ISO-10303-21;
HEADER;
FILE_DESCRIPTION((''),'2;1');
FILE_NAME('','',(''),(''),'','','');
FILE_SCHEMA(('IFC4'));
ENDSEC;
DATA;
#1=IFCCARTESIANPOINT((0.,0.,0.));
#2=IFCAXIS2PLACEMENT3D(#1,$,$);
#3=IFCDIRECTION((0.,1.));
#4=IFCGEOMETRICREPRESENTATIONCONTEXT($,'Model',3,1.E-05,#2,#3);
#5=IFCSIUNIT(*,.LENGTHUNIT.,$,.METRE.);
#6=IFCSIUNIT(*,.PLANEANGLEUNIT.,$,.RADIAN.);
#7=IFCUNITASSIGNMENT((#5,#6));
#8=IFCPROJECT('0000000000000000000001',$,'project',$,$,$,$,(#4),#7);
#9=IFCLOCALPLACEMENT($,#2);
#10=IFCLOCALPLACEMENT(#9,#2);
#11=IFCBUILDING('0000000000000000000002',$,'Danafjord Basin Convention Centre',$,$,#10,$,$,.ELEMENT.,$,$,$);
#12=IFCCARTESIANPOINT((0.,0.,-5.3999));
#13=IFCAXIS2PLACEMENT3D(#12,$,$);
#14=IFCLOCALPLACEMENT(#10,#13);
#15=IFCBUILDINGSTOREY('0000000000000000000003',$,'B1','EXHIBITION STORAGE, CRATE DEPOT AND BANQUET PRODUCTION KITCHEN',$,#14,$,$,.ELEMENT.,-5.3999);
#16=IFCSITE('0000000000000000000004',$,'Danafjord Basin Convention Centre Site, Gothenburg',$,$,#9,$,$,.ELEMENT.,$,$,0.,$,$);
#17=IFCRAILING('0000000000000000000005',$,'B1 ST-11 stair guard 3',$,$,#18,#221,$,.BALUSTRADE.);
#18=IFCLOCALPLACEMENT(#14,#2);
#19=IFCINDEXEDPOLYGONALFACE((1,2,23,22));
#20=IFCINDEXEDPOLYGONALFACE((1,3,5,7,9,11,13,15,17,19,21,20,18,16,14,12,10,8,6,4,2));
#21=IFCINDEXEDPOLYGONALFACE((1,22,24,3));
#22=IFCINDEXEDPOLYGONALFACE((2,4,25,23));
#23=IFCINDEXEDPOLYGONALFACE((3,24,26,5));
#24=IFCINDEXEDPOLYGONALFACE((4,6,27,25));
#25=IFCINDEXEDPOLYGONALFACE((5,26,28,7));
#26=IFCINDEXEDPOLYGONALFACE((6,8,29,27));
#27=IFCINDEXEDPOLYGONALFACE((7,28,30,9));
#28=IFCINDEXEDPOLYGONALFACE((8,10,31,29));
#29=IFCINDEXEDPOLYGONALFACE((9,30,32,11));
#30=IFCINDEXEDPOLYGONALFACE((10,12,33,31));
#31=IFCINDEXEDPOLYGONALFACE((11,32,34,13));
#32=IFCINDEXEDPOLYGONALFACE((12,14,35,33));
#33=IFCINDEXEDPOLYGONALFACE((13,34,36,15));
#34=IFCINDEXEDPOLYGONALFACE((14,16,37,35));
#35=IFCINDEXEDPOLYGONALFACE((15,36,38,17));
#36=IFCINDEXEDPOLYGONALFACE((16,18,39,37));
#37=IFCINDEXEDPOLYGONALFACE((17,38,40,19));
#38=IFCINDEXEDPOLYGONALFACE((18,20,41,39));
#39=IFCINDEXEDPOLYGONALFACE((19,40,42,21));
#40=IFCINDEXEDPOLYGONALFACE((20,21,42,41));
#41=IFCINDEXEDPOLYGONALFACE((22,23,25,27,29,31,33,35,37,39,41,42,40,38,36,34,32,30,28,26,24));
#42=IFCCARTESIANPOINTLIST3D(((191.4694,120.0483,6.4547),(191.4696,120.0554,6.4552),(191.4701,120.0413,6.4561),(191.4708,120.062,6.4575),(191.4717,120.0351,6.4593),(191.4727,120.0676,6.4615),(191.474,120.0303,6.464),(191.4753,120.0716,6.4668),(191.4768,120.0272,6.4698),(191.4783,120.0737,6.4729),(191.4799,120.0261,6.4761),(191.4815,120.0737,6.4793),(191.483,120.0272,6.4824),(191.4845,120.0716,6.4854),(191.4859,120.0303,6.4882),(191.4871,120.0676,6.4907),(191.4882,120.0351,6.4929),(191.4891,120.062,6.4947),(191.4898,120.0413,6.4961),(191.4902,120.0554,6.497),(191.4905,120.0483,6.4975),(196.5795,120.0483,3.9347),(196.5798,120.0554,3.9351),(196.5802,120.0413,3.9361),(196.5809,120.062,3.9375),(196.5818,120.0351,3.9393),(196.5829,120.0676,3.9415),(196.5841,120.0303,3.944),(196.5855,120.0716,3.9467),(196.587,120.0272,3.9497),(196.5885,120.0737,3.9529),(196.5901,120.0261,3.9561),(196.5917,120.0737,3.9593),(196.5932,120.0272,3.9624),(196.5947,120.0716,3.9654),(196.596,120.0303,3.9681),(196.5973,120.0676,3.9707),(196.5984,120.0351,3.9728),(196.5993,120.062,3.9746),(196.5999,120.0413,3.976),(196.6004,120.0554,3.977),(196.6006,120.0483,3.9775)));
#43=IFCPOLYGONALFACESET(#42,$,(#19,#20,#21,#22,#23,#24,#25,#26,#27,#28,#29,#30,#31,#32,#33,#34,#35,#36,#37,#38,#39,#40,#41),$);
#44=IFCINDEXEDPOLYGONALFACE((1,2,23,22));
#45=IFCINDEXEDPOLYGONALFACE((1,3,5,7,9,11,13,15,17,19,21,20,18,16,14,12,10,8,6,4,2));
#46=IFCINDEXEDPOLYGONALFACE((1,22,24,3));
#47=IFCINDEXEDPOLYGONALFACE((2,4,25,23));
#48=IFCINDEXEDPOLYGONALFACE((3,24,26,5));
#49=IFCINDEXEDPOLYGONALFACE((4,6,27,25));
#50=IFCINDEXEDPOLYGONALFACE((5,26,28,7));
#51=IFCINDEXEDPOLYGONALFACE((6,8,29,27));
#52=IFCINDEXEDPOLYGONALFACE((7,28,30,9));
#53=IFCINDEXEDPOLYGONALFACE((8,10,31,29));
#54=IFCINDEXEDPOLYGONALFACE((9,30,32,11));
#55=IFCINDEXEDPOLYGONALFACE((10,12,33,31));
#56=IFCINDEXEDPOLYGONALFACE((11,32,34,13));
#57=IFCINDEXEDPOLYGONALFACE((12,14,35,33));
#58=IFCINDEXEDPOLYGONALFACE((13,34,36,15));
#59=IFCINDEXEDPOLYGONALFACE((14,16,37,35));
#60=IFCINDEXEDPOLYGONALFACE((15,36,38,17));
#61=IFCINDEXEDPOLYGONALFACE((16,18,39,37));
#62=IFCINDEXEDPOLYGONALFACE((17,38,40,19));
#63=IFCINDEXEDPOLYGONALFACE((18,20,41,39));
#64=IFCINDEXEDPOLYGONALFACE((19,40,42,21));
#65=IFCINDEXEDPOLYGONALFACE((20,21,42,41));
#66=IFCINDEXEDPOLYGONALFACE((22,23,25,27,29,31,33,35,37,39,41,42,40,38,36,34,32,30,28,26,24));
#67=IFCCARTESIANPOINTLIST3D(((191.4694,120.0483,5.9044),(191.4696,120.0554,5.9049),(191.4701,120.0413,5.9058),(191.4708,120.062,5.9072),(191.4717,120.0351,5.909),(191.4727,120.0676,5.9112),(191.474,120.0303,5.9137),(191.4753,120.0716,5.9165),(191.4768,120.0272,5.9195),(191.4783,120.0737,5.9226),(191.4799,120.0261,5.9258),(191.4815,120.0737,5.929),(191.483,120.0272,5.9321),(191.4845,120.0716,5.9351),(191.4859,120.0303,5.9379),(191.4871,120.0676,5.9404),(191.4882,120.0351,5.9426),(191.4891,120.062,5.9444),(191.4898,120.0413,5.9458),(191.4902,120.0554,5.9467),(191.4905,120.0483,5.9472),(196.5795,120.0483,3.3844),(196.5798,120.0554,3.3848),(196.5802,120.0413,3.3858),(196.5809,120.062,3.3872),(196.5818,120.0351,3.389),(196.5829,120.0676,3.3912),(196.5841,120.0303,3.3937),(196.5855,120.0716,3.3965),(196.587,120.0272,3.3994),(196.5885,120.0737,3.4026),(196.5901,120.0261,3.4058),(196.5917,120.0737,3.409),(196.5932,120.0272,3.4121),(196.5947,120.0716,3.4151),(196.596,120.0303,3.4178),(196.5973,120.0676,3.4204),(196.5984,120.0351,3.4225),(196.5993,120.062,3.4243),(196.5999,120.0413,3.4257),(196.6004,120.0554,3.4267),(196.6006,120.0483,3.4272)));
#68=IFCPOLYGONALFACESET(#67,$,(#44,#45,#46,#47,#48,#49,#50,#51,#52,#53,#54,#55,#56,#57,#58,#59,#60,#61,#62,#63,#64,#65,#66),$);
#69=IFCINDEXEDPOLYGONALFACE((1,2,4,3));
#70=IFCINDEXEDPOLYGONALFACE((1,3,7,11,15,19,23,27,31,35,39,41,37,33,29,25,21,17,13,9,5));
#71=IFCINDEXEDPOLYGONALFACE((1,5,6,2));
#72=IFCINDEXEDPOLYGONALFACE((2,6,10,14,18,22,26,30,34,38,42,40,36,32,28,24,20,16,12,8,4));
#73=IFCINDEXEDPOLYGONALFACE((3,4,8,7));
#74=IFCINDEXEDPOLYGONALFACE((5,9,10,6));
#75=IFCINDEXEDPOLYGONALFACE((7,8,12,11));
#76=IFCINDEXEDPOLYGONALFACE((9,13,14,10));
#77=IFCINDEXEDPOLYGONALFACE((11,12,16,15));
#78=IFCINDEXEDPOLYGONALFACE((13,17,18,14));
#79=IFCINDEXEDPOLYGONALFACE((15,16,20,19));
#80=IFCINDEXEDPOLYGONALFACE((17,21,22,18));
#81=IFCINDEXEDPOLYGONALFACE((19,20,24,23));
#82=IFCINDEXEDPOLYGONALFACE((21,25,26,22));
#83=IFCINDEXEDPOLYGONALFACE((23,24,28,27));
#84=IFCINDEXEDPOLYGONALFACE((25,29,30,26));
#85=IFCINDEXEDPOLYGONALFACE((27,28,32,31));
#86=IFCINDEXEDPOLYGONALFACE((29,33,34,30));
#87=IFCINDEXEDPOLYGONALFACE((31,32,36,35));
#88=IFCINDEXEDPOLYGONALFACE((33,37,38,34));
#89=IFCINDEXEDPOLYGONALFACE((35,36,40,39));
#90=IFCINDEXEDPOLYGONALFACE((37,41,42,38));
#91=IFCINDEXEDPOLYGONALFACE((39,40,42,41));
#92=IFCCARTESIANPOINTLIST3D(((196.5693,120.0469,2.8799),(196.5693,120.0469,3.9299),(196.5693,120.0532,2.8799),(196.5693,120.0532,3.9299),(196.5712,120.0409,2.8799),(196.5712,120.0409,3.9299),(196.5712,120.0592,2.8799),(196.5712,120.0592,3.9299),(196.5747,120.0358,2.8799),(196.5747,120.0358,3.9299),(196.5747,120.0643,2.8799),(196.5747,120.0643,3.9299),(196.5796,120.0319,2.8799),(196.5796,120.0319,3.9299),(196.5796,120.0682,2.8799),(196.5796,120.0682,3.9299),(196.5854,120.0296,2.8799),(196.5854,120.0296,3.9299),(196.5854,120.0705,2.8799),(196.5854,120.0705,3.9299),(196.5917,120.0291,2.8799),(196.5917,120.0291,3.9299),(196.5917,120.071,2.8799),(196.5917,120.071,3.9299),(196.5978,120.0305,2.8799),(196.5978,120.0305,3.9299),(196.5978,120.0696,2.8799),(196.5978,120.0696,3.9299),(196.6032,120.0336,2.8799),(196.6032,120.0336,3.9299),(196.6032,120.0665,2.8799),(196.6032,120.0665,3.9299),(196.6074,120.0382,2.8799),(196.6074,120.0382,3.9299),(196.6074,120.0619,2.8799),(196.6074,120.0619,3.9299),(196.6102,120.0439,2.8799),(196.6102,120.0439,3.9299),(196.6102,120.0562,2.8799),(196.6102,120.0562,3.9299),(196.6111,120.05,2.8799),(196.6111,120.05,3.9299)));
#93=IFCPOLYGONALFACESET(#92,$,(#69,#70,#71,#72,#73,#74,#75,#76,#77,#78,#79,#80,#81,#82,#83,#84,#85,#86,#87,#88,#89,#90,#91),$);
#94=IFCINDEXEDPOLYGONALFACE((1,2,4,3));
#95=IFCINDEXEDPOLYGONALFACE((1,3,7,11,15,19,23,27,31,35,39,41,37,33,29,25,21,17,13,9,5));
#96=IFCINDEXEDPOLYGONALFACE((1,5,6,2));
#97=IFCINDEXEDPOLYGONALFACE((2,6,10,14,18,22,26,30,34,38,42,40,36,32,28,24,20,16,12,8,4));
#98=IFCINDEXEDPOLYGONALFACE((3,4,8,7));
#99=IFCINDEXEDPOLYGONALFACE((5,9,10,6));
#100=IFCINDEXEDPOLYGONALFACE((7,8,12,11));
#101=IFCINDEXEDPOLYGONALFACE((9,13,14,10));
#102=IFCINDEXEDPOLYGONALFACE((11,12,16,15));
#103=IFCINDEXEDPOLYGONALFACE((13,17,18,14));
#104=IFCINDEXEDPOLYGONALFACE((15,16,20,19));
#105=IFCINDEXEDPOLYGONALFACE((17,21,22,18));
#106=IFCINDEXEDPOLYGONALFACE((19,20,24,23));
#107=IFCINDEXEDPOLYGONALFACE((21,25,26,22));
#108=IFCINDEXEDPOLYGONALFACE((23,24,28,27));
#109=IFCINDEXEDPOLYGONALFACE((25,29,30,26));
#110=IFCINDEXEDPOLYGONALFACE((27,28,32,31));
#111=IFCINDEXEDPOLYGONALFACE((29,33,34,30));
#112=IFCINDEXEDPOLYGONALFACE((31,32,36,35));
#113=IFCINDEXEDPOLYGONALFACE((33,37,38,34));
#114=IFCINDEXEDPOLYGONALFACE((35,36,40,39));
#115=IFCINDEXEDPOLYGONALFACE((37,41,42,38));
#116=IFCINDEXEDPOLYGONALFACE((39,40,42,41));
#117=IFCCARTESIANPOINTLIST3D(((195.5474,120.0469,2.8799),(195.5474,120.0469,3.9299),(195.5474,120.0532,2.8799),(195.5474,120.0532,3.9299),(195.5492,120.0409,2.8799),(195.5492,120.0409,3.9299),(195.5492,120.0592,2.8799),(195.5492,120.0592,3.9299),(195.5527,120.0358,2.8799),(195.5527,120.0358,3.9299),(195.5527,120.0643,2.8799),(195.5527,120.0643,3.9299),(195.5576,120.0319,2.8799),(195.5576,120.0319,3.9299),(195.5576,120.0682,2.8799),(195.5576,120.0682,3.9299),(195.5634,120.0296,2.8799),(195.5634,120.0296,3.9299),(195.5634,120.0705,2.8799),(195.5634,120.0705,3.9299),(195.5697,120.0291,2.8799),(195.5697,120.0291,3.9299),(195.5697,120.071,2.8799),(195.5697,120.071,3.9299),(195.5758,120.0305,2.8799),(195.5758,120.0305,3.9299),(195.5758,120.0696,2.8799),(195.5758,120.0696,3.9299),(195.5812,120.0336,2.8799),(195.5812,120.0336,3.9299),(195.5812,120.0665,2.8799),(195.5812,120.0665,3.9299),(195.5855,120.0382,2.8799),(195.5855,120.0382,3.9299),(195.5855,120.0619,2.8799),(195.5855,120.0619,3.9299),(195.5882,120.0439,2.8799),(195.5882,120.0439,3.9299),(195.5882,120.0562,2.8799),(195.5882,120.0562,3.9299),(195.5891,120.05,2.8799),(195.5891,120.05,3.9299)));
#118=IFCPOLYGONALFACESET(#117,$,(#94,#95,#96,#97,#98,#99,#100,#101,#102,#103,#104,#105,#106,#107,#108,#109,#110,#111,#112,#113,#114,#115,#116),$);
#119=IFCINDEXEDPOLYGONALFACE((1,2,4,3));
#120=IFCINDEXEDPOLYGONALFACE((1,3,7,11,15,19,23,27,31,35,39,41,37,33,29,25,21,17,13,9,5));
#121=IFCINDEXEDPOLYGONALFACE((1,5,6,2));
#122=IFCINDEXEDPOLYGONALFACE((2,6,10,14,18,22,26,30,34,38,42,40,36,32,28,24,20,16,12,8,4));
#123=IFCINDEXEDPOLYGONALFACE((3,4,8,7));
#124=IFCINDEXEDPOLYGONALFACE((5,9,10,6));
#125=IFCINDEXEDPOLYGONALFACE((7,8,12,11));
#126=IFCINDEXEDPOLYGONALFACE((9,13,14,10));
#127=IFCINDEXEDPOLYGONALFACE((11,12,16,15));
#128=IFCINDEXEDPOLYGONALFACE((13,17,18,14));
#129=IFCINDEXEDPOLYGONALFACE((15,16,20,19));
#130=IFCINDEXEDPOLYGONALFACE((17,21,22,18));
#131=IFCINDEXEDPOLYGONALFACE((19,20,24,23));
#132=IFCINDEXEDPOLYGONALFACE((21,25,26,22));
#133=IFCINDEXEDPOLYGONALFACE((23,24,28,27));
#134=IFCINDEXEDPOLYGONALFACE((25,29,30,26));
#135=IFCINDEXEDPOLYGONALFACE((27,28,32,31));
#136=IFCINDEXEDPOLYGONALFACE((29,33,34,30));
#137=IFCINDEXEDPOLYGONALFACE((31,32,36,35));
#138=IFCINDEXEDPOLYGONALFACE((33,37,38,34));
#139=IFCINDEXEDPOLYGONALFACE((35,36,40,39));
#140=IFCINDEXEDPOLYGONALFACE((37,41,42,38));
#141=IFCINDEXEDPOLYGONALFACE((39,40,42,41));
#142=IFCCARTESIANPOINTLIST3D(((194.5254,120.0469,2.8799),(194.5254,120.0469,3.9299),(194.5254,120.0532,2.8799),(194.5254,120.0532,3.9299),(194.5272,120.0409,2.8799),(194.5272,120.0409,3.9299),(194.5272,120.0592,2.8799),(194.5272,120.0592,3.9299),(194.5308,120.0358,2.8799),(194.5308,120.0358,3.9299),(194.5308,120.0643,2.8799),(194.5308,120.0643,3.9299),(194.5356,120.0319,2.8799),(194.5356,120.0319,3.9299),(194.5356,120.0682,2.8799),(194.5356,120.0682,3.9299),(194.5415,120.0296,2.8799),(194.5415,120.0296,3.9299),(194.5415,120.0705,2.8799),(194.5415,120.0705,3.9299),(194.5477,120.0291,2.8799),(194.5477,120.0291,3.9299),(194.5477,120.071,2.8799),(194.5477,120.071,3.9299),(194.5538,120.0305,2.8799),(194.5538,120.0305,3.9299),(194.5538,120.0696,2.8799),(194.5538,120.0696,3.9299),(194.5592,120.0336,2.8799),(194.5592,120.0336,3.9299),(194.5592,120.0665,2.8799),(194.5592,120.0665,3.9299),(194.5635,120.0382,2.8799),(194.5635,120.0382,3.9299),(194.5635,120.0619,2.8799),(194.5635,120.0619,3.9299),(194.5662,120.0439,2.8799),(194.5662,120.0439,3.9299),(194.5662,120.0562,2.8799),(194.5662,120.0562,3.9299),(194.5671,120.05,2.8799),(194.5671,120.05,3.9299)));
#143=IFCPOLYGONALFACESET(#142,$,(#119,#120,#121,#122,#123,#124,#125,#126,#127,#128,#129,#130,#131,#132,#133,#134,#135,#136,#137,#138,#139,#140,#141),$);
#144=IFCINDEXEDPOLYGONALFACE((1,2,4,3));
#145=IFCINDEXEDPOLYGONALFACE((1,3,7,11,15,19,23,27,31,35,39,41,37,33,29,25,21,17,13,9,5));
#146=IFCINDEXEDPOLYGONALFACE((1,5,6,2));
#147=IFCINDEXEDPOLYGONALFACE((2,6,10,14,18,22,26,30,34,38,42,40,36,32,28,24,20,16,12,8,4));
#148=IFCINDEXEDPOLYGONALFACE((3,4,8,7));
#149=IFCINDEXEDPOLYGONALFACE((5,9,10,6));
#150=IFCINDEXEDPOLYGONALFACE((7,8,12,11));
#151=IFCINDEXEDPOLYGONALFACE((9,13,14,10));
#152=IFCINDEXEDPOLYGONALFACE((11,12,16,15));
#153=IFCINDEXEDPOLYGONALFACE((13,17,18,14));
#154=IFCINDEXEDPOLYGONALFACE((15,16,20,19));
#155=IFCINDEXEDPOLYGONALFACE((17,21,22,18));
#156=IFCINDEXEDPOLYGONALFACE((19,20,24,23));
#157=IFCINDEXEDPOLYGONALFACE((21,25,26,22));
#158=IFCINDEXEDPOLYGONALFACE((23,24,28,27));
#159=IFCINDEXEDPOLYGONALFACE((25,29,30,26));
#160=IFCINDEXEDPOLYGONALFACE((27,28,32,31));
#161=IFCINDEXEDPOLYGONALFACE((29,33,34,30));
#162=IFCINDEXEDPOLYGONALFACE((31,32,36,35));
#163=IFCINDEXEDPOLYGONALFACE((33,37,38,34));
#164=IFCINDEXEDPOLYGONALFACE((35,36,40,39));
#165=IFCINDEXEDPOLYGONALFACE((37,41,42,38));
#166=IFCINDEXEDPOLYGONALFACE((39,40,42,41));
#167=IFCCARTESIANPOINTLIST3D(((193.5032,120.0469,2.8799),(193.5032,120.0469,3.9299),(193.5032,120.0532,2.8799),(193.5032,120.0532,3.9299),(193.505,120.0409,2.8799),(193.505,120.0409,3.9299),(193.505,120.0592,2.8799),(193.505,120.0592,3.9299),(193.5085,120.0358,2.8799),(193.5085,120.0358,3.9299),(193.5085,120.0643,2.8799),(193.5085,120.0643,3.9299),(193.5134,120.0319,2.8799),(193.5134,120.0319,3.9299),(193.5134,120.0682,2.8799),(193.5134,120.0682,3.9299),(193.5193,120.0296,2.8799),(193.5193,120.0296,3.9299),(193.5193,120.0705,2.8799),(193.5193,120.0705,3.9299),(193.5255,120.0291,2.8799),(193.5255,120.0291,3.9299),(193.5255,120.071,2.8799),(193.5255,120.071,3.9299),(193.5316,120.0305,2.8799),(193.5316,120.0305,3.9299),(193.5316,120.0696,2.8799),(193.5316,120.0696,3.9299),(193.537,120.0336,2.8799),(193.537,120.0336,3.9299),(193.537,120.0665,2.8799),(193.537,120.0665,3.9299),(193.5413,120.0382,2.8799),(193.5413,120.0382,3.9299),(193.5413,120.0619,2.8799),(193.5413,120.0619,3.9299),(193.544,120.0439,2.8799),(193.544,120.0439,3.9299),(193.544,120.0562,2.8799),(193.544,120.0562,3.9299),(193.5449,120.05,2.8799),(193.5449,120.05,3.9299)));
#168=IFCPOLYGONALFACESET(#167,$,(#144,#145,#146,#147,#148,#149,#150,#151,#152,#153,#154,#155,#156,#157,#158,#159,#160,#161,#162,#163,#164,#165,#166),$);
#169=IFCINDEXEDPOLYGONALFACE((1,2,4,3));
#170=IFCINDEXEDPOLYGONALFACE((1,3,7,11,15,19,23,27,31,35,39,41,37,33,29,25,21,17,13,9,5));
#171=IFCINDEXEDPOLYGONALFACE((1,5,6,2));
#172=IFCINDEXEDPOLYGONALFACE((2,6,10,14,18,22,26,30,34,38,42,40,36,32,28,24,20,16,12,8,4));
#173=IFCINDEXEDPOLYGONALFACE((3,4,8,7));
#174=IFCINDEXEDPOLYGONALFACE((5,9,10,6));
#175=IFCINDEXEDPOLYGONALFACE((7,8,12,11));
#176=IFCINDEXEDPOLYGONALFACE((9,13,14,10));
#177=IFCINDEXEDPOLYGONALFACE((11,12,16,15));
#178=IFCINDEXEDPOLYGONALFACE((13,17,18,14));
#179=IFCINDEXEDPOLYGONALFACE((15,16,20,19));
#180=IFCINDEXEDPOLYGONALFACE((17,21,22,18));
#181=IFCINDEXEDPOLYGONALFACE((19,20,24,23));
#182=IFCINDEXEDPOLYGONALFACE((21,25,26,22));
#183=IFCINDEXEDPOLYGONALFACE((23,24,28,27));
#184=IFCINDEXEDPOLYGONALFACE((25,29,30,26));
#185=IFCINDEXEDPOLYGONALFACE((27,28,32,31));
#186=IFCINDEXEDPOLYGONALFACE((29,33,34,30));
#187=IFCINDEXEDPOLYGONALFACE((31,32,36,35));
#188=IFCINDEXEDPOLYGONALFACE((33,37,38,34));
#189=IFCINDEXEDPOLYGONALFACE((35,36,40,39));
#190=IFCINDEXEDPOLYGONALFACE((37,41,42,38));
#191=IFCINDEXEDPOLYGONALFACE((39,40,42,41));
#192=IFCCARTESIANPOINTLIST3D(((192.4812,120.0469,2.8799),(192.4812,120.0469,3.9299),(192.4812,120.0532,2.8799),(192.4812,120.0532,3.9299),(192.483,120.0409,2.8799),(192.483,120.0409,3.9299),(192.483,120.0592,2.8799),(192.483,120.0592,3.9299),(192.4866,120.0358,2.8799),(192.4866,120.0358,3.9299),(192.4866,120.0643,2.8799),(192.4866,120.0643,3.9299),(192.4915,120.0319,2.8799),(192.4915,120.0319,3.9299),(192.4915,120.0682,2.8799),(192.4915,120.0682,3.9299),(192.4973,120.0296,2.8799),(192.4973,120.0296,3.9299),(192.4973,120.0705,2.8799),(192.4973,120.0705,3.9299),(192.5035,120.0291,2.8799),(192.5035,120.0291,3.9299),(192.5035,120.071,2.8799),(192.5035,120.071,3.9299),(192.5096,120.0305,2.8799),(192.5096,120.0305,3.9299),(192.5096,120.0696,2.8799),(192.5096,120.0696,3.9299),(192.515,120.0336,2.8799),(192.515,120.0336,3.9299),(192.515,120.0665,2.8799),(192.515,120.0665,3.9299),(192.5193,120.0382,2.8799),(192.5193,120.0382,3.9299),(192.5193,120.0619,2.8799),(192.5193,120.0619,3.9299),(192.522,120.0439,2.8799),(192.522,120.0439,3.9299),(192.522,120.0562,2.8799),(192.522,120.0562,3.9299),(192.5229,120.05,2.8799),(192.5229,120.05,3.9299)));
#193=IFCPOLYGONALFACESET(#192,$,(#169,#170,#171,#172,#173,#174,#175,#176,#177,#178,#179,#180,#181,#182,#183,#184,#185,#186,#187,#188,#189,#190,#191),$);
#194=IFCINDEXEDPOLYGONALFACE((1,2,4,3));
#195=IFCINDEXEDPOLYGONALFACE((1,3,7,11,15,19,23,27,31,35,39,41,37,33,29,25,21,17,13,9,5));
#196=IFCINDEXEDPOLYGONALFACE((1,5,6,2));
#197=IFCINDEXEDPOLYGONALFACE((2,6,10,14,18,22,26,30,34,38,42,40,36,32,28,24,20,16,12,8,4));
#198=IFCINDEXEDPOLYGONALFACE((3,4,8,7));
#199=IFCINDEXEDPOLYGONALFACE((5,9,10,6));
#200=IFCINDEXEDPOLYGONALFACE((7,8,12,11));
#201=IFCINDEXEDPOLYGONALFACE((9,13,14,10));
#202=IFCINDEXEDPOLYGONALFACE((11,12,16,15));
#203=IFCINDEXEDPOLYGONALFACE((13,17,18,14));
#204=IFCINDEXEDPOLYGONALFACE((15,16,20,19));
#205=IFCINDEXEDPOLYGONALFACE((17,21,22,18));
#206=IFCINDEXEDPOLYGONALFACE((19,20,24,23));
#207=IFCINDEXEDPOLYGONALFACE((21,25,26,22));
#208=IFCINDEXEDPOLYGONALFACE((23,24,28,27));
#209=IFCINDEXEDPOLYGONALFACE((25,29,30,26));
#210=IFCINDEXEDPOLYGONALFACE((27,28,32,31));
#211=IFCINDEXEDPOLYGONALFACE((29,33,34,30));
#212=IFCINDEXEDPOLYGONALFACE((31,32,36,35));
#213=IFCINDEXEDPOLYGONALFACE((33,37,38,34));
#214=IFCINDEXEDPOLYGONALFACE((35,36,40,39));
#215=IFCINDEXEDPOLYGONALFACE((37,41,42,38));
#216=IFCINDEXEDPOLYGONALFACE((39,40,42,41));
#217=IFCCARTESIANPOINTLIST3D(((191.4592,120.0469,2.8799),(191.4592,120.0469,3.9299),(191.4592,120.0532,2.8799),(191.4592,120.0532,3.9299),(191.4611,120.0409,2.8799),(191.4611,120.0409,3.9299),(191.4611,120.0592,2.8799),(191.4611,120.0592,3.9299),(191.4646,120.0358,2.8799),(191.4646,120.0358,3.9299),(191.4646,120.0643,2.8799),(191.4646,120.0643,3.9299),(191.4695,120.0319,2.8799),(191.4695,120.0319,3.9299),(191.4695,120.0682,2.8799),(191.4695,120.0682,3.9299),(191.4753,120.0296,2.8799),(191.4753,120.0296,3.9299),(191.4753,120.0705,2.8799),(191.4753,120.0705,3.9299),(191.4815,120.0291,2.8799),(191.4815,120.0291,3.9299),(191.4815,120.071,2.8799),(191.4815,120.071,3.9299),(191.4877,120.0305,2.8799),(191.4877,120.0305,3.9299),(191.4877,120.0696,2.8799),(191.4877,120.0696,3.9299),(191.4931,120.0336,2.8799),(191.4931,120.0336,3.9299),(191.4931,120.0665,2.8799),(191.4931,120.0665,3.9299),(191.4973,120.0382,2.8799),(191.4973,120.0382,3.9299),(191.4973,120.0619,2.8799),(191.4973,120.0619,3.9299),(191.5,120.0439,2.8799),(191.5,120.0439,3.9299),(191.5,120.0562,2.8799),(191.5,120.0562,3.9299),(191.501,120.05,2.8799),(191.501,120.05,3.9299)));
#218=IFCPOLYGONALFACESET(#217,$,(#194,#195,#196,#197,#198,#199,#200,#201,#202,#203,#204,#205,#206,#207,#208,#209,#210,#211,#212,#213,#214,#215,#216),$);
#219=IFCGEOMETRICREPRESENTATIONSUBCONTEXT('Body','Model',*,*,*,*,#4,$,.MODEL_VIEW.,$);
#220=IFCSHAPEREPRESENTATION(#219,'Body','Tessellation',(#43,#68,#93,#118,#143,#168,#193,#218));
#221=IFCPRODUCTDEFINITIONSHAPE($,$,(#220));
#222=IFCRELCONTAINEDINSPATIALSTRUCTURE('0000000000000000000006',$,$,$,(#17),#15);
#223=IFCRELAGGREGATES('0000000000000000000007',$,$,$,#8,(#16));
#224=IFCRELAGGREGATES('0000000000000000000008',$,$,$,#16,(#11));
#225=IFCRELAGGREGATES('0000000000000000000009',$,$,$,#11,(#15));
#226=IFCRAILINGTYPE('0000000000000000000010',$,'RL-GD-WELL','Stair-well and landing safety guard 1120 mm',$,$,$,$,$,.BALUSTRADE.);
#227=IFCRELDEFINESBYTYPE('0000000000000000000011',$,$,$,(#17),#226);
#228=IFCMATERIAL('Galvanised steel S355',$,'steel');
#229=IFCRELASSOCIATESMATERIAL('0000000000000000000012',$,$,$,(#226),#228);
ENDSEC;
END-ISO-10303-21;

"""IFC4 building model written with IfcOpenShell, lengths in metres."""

from ifc_helpers import new_model, si_unit, direction, frame, origin, origin_2d, place, context, subcontext, project, spatial, circle, extrude, material, type_object, element, save


model = new_model("IFC4")

# Units and contexts
model_context = context("Model", 3, precision=1e-05, world=origin(), true_north=direction((0.0, 1.0)))
body_context = subcontext(model_context, "Body", "Model", "MODEL_VIEW")
ifc_project = project(units=[si_unit("LENGTHUNIT", "METRE"), si_unit("PLANEANGLEUNIT", "RADIAN")], contexts=[model_context])

# Site, building, storey
site_placement = place(None, origin())
site = spatial("IfcSite", under=ifc_project, at=site_placement, Name="Danafjord Basin Convention Centre Site, Gothenburg", CompositionType="ELEMENT", RefElevation=0.0)
building_placement = place(site_placement, origin())
building = spatial("IfcBuilding", under=site, at=building_placement, Name="Danafjord Basin Convention Centre", CompositionType="ELEMENT")
storey_placement = place(building_placement, frame((0.0, 0.0, -5.3999)))
storey = spatial("IfcBuildingStorey", under=building, at=storey_placement, Name="B1", Description="EXHIBITION STORAGE, CRATE DEPOT AND BANQUET PRODUCTION KITCHEN", CompositionType="ELEMENT", Elevation=-5.3999)

# Railing
ifc_material_1 = material(Name="Galvanised steel S355", Category="steel")
railing_type_1 = type_object("IfcRailingType", Name="RL-GD-WELL", Description="Stair-well and landing safety guard 1120 mm", PredefinedType="BALUSTRADE", material=ifc_material_1)
railing_1_placement = place(storey_placement, frame((196.5901, 120.05, 2.8799)))
element("IfcRailing", 1, at=railing_1_placement, inside=storey, type_object=railing_type_1, Name="B1 ST-11 stair guard 3", PredefinedType="BALUSTRADE", context=body_context, shape_type="SweptSolid", body=[
    extrude(circle(Radius=0.0239, at=origin_2d()), frame((0.0, 0.0, 1.0762), z_axis=(-0.896873, 0.0, 0.442288), x_axis=(0.0, -1.0, 0.0)), (0.0, 0.0, 1.0), 5.6978),
    extrude(circle(Radius=0.0239, at=origin_2d()), frame((0.0, 0.0, 0.5259), z_axis=(-0.896873, 0.0, 0.442288), x_axis=(0.0, -1.0, 0.0)), (0.0, 0.0, 1.0), 5.6978),
    extrude(circle(Radius=0.021, at=origin_2d()), origin(), (0.0, 0.0, 1.0), 1.05),
    extrude(circle(Radius=0.021, at=origin_2d()), frame((-1.022, 0.0, 0.0)), (0.0, 0.0, 1.0), 1.05),
    extrude(circle(Radius=0.021, at=origin_2d()), frame((-2.0439, 0.0, 0.0)), (0.0, 0.0, 1.0), 1.05),
    extrude(circle(Radius=0.021, at=origin_2d()), frame((-3.0662, 0.0, 0.0)), (0.0, 0.0, 1.0), 1.05),
    extrude(circle(Radius=0.021, at=origin_2d()), frame((-4.0881, 0.0, 0.0)), (0.0, 0.0, 1.0), 1.05),
    extrude(circle(Radius=0.021, at=origin_2d()), frame((-5.1101, 0.0, 0.0)), (0.0, 0.0, 1.0), 1.05),
])

save(model, "model.ifc")
